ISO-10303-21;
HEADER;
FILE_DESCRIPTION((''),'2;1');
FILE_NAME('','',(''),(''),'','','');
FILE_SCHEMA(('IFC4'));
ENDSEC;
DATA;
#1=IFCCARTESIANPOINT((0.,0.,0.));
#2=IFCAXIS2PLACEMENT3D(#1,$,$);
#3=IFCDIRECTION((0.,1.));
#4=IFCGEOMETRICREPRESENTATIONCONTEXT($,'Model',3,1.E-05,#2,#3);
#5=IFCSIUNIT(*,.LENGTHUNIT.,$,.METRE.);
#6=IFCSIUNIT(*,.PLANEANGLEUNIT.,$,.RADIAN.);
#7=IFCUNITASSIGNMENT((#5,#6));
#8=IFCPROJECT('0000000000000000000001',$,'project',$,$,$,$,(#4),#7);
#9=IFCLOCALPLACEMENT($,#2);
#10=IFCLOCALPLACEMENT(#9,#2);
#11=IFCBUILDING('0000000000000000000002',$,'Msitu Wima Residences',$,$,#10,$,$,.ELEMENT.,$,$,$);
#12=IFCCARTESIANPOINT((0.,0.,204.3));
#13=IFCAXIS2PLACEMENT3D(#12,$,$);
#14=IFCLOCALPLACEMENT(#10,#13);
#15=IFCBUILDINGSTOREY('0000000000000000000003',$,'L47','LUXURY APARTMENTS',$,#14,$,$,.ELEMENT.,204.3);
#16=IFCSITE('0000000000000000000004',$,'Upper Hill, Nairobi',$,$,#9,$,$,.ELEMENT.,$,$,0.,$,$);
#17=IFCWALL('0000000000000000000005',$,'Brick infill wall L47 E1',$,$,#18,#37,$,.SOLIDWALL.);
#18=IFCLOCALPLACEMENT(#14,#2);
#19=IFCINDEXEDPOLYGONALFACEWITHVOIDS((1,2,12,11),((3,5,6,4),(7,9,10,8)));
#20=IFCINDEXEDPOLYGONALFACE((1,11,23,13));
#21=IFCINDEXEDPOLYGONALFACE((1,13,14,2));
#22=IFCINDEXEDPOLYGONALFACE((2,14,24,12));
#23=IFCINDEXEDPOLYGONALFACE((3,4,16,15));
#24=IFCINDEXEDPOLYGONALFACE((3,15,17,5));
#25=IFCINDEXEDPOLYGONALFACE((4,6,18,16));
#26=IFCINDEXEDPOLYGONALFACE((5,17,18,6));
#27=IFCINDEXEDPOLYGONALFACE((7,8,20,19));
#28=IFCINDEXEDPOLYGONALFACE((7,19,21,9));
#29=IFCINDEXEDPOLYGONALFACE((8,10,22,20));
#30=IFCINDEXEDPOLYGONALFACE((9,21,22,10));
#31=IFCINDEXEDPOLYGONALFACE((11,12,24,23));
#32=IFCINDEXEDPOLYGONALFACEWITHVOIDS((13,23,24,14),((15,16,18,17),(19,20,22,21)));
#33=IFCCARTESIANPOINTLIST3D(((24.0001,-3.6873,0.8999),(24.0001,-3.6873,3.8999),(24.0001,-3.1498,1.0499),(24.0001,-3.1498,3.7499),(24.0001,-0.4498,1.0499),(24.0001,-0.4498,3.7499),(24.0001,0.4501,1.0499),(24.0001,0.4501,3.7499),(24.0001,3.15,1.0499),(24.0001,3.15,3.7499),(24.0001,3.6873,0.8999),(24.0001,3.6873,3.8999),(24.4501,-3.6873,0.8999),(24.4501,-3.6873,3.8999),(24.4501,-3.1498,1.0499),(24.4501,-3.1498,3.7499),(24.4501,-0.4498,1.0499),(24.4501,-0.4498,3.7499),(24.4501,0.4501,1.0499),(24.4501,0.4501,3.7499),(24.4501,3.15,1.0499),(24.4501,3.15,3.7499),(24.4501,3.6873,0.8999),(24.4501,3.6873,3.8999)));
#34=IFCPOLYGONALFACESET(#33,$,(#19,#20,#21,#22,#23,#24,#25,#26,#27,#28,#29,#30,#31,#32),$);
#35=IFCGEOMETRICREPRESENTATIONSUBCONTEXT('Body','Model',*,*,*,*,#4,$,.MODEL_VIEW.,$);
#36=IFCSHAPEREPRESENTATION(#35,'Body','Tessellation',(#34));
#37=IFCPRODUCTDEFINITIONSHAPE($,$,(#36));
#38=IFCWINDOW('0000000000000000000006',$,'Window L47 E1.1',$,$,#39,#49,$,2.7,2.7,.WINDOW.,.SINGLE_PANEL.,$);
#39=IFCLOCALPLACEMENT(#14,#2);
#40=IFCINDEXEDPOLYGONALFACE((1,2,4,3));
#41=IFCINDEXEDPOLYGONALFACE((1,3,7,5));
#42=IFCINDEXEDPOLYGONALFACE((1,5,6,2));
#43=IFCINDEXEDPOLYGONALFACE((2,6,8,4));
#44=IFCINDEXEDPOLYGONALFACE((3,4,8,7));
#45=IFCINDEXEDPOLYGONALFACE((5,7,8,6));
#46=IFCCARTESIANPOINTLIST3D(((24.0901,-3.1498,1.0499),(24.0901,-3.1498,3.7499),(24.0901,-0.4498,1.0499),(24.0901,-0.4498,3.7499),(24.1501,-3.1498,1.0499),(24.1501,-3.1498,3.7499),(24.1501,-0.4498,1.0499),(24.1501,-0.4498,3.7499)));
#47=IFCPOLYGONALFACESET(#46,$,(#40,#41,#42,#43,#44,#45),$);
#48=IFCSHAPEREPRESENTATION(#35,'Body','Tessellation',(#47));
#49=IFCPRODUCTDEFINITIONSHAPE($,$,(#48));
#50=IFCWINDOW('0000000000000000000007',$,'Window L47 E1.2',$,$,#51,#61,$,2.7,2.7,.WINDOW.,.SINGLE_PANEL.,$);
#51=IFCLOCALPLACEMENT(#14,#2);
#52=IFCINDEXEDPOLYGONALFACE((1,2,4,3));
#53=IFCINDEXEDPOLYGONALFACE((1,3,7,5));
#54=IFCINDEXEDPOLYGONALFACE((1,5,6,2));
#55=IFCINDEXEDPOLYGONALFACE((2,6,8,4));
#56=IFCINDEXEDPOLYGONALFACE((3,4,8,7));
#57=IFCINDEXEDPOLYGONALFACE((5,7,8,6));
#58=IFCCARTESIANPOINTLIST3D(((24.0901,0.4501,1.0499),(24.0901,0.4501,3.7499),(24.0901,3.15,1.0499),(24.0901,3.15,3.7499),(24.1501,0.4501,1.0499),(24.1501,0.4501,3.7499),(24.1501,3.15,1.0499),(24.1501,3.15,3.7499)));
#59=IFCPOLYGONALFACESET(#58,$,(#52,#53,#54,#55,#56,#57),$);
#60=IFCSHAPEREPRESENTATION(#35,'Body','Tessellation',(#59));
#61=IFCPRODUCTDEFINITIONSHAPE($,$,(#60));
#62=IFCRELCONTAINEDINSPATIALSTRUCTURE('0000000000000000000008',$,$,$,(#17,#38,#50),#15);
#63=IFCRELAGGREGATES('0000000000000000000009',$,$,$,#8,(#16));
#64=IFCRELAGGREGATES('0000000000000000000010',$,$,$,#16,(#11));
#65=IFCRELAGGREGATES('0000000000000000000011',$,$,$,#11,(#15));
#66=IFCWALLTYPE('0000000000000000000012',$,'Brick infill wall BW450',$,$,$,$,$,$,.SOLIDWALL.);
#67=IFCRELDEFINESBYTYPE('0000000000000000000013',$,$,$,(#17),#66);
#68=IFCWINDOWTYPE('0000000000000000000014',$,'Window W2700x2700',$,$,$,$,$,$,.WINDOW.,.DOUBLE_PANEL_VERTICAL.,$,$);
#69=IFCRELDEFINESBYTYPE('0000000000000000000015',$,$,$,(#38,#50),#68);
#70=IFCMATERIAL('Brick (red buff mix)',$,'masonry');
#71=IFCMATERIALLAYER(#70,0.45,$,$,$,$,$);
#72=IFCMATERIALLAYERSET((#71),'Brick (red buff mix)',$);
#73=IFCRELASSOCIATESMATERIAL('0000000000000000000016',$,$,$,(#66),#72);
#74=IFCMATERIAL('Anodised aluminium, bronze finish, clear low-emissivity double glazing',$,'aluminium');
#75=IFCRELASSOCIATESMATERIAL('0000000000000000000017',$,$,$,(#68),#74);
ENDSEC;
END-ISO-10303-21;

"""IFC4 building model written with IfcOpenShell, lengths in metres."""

from ifc_helpers import new_model, si_unit, direction, frame, frame_2d, origin, place, context, subcontext, project, spatial, rectangle, extrude, material, layer, layer_set, type_object, element, fill, save


model = new_model("IFC4")

# Units and contexts
model_context = context("Model", 3, precision=1e-05, world=origin(), true_north=direction((0.0, 1.0)))
body_context = subcontext(model_context, "Body", "Model", "MODEL_VIEW")
ifc_project = project(units=[si_unit("LENGTHUNIT", "METRE"), si_unit("PLANEANGLEUNIT", "RADIAN")], contexts=[model_context])

# Site, building, storey
site_placement = place(None, origin())
site = spatial("IfcSite", under=ifc_project, at=site_placement, Name="Upper Hill, Nairobi", CompositionType="ELEMENT", RefElevation=0.0)
building_placement = place(site_placement, origin())
building = spatial("IfcBuilding", under=site, at=building_placement, Name="Msitu Wima Residences", CompositionType="ELEMENT")
storey_placement = place(building_placement, frame((0.0, 0.0, 204.3)))
storey = spatial("IfcBuildingStorey", under=building, at=storey_placement, Name="L47", Description="LUXURY APARTMENTS", CompositionType="ELEMENT", Elevation=204.3)

# Shared definitions
ifc_material_1 = material(Name="Brick (red buff mix)", Category="masonry")
ifc_layer_1 = layer(ifc_material_1, 0.45)
ifc_layer_set_1 = layer_set([ifc_layer_1], Name="Brick (red buff mix)")
wall_type_1 = type_object("IfcWallType", Name="Brick infill wall BW450", PredefinedType="SOLIDWALL", material=ifc_layer_set_1)
ifc_material_2 = material(Name="Anodised aluminium, bronze finish, clear low-emissivity double glazing", Category="aluminium")
window_type = type_object("IfcWindowType", Name="Window W2700x2700", PartitioningType="DOUBLE_PANEL_VERTICAL", PredefinedType="WINDOW", material=ifc_material_2)

# Wall, openings, windows
wall_1_placement = place(storey_placement, frame((24.2251, -3.6873, 0.8999), z_axis=(0.0, 0.0, 1.0), x_axis=(0.0, 1.0, 0.0)))
wall_1 = element("IfcWall", 1, at=wall_1_placement, inside=storey, type_object=wall_type_1, Name="Brick infill wall L47 E1", PredefinedType="SOLIDWALL", context=body_context, shape_type="SweptSolid", body=[
    extrude(rectangle(XDim=7.3745, YDim=0.45, at=frame_2d((3.6873, 0.0))), origin(), (0.0, 0.0, 1.0), 3.0),
])
opening_1_placement = place(wall_1_placement, frame((0.5374, 0.0, 0.1499)))
opening_1 = element("IfcOpeningElement", 2, at=opening_1_placement, cuts=wall_1, PredefinedType="OPENING", context=body_context, shape_type="SweptSolid", body=[
    extrude(rectangle(XDim=2.7, YDim=2.7, at=frame_2d((1.3501, 1.3501))), frame((0.0, 0.2349, 0.0), z_axis=(0.0, -1.0, 0.0), x_axis=(1.0, 0.0, 0.0)), (0.0, 0.0, 1.0), 0.47),
])
opening_2_placement = place(wall_1_placement, frame((4.1372, 0.0, 0.1499)))
opening_2 = element("IfcOpeningElement", 3, at=opening_2_placement, cuts=wall_1, PredefinedType="OPENING", context=body_context, shape_type="SweptSolid", body=[
    extrude(rectangle(XDim=2.7, YDim=2.7, at=frame_2d((1.3501, 1.3501))), frame((0.0, 0.2349, 0.0), z_axis=(0.0, -1.0, 0.0), x_axis=(1.0, 0.0, 0.0)), (0.0, 0.0, 1.0), 0.47),
])
window_1_placement = place(opening_1_placement, origin())
window_1 = element("IfcWindow", 4, at=window_1_placement, inside=storey, type_object=window_type, Name="Window L47 E1.1", OverallHeight=2.7, OverallWidth=2.7, PartitioningType="SINGLE_PANEL", PredefinedType="WINDOW", context=body_context, shape_type="SweptSolid", body=[
    extrude(rectangle(XDim=2.7, YDim=2.7, at=frame_2d((1.3501, 1.3501))), frame((0.0, 0.135, 0.0), z_axis=(0.0, -1.0, 0.0), x_axis=(1.0, 0.0, 0.0)), (0.0, 0.0, 1.0), 0.0601),
])
fill(opening_1, window_1)
window_2_placement = place(opening_2_placement, origin())
window_2 = element("IfcWindow", 5, at=window_2_placement, inside=storey, type_object=window_type, Name="Window L47 E1.2", OverallHeight=2.7, OverallWidth=2.7, PartitioningType="SINGLE_PANEL", PredefinedType="WINDOW", context=body_context, shape_type="SweptSolid", body=[
    extrude(rectangle(XDim=2.7, YDim=2.7, at=frame_2d((1.3501, 1.3501))), frame((0.0, 0.135, 0.0), z_axis=(0.0, -1.0, 0.0), x_axis=(1.0, 0.0, 0.0)), (0.0, 0.0, 1.0), 0.0601),
])
fill(opening_2, window_2)

save(model, "model.ifc")
